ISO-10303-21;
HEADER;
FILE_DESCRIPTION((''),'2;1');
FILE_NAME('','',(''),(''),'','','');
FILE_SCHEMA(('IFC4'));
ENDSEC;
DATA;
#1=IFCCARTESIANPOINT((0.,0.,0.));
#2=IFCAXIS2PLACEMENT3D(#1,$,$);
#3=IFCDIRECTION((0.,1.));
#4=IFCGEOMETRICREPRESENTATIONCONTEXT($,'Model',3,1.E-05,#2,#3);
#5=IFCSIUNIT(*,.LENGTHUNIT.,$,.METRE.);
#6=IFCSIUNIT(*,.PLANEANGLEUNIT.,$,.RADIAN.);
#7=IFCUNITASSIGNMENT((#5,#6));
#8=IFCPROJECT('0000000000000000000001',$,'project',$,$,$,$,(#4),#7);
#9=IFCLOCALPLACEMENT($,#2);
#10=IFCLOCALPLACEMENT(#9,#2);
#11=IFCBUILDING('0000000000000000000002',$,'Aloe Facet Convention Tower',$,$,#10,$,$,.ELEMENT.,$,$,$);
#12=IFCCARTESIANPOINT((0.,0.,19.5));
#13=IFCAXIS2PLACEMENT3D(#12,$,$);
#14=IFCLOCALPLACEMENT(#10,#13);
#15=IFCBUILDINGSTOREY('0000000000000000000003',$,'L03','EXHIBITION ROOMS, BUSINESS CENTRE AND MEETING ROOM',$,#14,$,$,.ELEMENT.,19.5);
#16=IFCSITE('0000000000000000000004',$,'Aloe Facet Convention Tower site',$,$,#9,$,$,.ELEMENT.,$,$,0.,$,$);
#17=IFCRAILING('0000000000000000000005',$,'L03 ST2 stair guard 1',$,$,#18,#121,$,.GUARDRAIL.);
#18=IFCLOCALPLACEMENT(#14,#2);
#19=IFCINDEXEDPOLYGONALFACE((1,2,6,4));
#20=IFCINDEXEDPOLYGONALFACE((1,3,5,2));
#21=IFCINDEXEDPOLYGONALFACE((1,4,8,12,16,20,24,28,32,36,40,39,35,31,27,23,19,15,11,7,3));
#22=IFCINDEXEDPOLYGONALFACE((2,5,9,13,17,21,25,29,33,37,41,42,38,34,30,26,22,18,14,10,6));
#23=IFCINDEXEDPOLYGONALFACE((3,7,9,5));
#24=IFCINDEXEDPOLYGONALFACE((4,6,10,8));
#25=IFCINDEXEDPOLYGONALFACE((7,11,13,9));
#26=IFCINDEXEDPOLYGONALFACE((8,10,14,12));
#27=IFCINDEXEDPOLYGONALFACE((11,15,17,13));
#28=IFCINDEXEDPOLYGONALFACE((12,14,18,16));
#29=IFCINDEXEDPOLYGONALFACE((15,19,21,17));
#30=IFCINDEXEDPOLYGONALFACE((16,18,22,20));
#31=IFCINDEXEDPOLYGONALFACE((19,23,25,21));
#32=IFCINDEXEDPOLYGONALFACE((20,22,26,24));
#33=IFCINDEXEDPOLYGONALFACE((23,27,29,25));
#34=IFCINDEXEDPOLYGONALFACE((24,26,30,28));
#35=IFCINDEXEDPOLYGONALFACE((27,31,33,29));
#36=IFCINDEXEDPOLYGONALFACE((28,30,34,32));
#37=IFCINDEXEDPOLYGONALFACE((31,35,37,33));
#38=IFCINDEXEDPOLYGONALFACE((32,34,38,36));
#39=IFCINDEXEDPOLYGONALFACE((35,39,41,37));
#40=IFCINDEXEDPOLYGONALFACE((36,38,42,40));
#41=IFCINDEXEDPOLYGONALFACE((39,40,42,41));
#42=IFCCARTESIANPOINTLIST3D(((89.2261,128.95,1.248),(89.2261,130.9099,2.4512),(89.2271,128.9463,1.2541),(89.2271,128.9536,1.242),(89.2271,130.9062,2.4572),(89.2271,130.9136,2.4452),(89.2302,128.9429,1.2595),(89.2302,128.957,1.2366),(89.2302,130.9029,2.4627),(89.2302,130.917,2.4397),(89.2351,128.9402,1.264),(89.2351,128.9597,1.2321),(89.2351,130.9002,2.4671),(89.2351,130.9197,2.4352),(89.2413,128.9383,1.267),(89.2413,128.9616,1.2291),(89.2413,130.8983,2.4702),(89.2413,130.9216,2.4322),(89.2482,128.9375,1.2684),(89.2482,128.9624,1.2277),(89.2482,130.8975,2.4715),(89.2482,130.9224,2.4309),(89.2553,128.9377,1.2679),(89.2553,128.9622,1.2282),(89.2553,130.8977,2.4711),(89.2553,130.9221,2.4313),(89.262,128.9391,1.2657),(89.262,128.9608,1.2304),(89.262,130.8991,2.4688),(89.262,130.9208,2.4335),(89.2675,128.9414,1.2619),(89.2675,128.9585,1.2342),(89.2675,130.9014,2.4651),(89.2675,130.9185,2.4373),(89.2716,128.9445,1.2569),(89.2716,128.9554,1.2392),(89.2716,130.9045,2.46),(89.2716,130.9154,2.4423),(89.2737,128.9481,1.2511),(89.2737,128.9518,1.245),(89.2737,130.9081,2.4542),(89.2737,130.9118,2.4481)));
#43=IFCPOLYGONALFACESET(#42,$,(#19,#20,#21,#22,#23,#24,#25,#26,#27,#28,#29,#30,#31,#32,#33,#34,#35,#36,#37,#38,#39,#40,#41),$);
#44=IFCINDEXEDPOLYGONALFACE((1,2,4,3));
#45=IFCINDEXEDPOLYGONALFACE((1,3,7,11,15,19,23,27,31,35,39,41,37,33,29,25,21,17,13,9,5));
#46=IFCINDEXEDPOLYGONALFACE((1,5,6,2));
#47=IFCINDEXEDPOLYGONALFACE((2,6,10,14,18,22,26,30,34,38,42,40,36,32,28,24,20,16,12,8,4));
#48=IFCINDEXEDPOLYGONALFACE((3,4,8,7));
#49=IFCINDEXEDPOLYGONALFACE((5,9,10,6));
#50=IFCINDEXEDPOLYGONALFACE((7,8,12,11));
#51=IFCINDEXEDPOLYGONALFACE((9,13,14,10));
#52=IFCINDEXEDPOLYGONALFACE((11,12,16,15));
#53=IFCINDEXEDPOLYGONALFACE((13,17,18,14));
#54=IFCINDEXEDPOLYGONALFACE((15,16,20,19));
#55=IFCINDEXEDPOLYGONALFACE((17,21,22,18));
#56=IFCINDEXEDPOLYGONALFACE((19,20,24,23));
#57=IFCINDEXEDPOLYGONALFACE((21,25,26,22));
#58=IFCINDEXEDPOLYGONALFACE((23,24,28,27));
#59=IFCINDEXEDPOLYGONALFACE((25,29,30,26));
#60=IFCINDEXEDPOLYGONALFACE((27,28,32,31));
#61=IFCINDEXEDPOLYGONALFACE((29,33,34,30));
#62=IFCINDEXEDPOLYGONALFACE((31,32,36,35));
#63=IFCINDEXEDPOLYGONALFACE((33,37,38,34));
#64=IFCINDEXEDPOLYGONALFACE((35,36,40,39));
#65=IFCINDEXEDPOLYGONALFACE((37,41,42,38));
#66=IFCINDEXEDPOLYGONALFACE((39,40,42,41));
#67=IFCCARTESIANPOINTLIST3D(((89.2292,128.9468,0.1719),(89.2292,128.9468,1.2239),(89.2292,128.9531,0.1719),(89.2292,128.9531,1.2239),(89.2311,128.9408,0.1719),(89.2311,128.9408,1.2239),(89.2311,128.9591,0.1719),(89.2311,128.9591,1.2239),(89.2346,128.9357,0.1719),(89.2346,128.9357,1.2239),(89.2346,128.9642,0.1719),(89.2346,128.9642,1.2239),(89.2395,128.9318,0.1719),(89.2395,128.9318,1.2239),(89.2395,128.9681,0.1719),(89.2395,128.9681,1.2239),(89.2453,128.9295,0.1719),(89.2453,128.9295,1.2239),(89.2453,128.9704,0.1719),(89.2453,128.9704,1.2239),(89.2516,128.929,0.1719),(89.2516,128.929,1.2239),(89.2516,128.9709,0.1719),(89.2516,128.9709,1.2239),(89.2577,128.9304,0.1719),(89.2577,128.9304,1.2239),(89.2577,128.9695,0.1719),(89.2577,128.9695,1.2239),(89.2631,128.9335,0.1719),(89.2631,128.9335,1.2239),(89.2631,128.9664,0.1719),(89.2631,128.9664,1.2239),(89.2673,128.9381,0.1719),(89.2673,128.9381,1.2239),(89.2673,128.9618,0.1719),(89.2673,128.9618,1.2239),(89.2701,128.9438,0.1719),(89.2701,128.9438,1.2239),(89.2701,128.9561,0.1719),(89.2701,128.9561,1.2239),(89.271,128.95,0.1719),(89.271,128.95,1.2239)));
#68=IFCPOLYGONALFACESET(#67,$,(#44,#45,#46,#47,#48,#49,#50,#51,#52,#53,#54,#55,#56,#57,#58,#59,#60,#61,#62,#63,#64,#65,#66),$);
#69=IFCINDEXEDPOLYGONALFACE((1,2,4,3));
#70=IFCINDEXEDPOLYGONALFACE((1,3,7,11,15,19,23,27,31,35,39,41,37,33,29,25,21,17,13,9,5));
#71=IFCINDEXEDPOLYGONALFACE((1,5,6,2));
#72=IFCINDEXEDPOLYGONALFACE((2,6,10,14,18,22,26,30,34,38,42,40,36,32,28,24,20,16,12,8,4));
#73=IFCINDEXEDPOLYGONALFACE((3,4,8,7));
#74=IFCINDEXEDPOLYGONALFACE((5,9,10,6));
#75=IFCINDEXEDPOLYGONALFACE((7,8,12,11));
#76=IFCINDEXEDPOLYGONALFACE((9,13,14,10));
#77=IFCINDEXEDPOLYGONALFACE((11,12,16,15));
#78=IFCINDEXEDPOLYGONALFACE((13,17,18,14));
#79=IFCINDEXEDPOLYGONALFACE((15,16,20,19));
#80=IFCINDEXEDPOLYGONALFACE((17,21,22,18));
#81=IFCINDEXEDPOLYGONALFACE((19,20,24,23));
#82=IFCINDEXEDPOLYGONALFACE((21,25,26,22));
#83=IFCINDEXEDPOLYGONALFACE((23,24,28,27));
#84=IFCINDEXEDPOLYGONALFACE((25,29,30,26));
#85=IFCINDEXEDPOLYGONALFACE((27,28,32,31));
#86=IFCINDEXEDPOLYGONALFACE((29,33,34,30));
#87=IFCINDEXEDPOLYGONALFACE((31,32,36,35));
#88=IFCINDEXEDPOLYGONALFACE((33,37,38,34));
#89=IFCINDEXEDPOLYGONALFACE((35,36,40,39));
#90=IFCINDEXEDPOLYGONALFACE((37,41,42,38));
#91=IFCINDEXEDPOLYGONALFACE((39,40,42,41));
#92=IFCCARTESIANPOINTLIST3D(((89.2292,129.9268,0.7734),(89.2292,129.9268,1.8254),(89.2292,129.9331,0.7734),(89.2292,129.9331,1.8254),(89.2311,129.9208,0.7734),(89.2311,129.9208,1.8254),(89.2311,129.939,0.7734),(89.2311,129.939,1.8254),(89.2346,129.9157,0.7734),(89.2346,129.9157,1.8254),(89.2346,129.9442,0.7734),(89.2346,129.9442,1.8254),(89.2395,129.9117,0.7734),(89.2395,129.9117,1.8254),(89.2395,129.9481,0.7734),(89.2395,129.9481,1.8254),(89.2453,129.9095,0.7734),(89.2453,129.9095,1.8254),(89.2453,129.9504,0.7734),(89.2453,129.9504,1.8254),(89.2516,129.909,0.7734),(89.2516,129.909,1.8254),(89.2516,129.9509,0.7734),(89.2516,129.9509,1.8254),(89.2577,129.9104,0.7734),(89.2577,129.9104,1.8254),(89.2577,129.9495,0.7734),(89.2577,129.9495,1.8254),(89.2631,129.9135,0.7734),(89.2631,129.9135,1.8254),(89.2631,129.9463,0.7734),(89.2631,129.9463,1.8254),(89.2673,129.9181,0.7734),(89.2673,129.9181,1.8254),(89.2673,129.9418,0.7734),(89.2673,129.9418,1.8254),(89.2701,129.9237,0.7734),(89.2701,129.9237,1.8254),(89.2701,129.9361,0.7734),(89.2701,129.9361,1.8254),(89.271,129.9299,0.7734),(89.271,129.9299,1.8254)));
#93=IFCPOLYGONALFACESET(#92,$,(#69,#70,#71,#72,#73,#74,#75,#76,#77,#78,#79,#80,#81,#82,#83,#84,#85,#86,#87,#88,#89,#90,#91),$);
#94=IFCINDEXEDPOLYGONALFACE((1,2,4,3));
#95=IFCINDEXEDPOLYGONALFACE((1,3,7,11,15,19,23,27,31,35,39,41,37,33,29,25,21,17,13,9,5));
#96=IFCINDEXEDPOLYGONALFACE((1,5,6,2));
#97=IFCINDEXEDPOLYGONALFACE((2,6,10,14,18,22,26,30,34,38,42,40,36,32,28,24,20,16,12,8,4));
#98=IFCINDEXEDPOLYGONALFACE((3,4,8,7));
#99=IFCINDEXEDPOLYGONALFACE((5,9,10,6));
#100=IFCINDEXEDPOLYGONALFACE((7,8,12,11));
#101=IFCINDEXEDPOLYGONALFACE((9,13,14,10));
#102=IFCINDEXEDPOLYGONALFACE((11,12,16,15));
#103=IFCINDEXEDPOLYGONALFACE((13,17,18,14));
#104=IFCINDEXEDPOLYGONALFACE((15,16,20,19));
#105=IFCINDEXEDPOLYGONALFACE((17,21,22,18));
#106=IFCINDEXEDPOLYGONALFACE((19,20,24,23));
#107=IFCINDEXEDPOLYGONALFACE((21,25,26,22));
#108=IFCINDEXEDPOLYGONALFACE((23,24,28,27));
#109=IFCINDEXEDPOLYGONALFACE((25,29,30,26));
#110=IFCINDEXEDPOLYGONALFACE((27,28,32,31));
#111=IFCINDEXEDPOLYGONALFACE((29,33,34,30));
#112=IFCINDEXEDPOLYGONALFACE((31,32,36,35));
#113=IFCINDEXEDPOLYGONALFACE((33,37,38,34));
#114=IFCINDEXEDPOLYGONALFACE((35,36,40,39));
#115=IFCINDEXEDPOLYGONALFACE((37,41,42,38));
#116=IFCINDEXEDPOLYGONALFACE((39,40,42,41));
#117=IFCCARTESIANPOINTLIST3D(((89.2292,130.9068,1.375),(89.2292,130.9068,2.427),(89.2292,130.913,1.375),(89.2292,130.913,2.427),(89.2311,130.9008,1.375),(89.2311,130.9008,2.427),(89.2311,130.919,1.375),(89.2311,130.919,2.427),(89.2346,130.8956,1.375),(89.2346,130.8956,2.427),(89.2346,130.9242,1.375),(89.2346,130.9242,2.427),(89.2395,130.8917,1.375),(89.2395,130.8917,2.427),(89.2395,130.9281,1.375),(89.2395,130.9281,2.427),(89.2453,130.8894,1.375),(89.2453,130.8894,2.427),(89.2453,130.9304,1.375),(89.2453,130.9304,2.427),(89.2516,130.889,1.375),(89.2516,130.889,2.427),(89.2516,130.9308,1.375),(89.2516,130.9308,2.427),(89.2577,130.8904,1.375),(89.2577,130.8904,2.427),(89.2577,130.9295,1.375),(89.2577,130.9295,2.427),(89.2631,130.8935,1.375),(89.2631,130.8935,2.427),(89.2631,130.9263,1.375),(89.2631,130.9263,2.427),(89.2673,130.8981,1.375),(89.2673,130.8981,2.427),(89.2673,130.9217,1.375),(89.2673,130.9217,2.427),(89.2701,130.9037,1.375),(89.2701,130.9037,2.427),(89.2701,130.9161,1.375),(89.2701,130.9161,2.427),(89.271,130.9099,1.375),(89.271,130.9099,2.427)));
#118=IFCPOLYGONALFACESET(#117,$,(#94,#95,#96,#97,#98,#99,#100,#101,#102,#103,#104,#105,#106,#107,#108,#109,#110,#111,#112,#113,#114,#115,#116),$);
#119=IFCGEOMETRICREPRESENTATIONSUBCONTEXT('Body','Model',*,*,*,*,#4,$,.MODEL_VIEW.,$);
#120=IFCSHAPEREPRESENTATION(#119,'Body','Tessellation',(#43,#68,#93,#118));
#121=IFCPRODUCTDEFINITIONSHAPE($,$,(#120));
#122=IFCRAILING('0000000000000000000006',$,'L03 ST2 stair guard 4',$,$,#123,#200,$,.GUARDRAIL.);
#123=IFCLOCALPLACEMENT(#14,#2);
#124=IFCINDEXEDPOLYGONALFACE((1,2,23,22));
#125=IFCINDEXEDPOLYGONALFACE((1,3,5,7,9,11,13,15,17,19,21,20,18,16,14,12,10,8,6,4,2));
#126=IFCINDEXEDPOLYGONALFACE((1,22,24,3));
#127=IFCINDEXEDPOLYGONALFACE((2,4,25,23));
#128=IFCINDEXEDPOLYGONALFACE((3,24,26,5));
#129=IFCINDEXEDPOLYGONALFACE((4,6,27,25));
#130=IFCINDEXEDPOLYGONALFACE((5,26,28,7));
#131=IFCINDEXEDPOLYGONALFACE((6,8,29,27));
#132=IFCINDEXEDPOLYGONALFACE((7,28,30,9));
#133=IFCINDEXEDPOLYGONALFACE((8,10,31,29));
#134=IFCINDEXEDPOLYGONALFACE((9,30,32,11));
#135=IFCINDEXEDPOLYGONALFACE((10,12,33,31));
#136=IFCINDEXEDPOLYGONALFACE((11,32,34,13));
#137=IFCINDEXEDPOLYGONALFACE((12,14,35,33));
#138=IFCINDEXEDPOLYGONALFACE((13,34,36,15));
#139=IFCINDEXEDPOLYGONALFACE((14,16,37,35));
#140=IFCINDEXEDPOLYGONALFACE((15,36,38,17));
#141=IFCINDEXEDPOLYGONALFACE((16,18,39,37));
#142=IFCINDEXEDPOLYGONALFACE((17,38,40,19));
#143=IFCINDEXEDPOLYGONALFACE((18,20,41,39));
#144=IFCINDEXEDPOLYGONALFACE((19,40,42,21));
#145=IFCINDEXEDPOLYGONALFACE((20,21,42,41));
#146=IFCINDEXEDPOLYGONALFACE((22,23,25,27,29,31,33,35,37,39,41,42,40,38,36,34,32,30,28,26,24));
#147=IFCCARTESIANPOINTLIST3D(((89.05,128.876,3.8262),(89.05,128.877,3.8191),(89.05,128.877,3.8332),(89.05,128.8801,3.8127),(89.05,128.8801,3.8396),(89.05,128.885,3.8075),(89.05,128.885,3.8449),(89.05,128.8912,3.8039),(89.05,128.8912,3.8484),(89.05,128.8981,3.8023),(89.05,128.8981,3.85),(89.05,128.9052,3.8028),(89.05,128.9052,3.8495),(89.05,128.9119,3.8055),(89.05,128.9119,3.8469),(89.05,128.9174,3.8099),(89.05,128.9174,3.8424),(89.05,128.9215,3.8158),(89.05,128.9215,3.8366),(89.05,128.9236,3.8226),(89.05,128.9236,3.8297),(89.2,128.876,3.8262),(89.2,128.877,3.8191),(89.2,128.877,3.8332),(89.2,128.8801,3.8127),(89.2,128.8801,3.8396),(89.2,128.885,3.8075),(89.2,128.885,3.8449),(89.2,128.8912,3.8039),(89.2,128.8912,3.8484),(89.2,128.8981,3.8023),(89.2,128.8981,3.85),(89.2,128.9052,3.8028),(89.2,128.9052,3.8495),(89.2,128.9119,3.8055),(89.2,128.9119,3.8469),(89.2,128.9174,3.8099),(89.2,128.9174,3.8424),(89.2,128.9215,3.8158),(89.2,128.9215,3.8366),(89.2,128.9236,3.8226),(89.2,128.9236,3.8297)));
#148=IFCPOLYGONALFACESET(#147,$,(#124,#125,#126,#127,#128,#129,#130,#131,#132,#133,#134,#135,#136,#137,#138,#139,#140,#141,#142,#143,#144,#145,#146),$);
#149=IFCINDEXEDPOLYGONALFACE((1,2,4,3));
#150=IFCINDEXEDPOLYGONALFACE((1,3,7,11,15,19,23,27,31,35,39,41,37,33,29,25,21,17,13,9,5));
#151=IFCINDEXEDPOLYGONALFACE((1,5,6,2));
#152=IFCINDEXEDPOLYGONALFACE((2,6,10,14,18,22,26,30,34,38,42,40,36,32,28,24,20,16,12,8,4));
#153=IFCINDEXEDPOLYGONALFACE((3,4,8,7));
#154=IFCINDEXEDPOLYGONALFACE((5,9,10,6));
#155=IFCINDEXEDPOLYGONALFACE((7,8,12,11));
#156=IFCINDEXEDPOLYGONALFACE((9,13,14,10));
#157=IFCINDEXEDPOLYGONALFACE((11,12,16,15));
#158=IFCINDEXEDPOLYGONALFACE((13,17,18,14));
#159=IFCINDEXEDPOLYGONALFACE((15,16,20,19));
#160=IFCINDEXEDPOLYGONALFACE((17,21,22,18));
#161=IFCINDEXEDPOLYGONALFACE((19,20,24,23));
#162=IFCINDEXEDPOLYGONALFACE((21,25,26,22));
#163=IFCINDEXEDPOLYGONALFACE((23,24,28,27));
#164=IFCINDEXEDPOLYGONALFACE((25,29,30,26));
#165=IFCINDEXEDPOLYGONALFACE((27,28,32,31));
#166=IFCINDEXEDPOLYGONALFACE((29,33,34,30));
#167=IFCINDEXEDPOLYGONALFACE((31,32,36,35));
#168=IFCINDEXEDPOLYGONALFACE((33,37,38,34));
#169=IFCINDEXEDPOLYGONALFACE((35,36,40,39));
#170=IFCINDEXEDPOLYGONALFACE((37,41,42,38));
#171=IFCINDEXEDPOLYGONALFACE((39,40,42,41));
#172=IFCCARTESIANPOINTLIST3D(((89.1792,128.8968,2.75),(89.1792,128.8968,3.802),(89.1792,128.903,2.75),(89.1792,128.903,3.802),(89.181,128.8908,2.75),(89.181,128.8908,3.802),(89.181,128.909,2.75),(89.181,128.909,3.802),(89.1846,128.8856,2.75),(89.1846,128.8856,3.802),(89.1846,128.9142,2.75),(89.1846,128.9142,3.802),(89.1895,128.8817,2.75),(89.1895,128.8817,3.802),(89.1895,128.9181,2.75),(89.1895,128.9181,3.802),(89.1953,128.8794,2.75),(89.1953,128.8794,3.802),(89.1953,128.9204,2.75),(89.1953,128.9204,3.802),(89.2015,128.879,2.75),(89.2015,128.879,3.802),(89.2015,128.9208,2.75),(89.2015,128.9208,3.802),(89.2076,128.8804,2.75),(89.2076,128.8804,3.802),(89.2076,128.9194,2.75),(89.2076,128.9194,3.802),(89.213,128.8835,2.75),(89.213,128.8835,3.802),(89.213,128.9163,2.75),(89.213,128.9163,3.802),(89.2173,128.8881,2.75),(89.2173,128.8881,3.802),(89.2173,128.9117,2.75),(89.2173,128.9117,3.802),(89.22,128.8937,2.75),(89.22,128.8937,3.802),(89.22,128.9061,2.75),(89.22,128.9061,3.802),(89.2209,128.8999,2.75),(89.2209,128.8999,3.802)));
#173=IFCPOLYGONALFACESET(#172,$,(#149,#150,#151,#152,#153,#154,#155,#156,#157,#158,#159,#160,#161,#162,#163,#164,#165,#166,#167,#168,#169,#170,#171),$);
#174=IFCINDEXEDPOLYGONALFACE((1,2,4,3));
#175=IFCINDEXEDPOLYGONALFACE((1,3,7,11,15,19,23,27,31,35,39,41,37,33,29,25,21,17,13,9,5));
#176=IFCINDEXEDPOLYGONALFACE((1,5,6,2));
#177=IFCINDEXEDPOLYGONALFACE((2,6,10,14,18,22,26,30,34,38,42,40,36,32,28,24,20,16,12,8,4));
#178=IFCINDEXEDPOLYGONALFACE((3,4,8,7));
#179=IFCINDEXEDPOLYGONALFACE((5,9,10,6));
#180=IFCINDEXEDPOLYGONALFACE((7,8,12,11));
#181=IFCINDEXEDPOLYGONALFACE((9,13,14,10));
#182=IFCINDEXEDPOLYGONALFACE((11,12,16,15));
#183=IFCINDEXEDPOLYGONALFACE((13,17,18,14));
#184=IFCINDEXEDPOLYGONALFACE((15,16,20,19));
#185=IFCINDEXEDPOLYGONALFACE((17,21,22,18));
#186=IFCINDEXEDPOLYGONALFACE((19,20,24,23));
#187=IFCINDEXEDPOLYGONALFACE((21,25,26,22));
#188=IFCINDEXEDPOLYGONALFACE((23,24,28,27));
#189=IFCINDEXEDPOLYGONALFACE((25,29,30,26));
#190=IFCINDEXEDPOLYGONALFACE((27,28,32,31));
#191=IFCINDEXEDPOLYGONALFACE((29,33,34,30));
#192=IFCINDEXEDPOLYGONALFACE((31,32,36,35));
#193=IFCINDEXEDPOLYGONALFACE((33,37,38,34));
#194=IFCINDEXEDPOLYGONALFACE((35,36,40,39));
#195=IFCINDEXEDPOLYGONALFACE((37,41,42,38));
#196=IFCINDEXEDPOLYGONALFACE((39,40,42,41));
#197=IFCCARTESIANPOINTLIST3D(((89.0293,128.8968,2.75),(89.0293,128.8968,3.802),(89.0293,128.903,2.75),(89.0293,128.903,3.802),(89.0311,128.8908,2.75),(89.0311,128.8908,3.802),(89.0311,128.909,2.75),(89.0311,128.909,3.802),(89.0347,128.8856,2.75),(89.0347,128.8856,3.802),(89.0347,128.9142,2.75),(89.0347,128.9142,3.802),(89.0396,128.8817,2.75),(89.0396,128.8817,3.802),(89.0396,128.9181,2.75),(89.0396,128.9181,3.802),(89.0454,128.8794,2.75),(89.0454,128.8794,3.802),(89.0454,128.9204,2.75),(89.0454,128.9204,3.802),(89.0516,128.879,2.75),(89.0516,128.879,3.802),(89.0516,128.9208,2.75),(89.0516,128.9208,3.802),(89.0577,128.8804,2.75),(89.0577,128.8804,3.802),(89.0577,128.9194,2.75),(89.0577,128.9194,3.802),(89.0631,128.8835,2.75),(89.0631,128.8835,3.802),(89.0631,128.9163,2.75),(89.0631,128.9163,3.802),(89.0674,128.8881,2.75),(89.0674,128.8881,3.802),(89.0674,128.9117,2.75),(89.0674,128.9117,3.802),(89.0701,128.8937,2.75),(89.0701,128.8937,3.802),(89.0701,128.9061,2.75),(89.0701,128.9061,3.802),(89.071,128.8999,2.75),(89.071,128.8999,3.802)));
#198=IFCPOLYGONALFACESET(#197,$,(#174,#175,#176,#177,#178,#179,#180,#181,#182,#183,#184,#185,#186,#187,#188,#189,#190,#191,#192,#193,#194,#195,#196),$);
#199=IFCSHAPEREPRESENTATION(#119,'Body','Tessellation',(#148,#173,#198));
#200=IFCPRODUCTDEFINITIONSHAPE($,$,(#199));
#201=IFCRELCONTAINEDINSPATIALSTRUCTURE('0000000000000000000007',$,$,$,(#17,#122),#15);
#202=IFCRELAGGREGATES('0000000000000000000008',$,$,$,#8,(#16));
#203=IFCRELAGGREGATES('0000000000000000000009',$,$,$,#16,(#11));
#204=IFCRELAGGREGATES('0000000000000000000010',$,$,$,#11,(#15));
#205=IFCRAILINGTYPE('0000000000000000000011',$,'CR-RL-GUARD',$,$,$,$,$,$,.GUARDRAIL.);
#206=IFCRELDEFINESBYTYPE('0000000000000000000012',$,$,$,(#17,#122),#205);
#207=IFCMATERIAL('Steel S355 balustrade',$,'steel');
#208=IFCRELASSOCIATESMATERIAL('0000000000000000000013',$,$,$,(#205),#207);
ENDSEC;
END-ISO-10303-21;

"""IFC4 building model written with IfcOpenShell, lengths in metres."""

from ifc_helpers import new_model, si_unit, direction, frame, origin, origin_2d, place, context, subcontext, project, spatial, circle, extrude, material, type_object, element, save


model = new_model("IFC4")

# Units and contexts
model_context = context("Model", 3, precision=1e-05, world=origin(), true_north=direction((0.0, 1.0)))
body_context = subcontext(model_context, "Body", "Model", "MODEL_VIEW")
ifc_project = project(units=[si_unit("LENGTHUNIT", "METRE"), si_unit("PLANEANGLEUNIT", "RADIAN")], contexts=[model_context])

# Site, building, storey
site_placement = place(None, origin())
site = spatial("IfcSite", under=ifc_project, at=site_placement, Name="Aloe Facet Convention Tower site", CompositionType="ELEMENT", RefElevation=0.0)
building_placement = place(site_placement, origin())
building = spatial("IfcBuilding", under=site, at=building_placement, Name="Aloe Facet Convention Tower", CompositionType="ELEMENT")
storey_placement = place(building_placement, frame((0.0, 0.0, 19.5)))
storey = spatial("IfcBuildingStorey", under=building, at=storey_placement, Name="L03", Description="EXHIBITION ROOMS, BUSINESS CENTRE AND MEETING ROOM", CompositionType="ELEMENT", Elevation=19.5)

# Railings
ifc_material_1 = material(Name="Steel S355 balustrade", Category="steel")
railing_type_1 = type_object("IfcRailingType", Name="CR-RL-GUARD", PredefinedType="GUARDRAIL", material=ifc_material_1)
railing_1_placement = place(storey_placement, frame((89.25, 128.95, 0.1719)))
element("IfcRailing", 1, at=railing_1_placement, inside=storey, type_object=railing_type_1, Name="L03 ST2 stair guard 1", PredefinedType="GUARDRAIL", context=body_context, shape_type="SweptSolid", body=[
    extrude(circle(Radius=0.0239, at=origin_2d()), frame((0.0, 0.0, 1.0762), z_axis=(0.0, 0.852241, 0.523149), x_axis=(-1.0, 0.0, 0.0)), (0.0, 0.0, 1.0), 2.2998),
    extrude(circle(Radius=0.021, at=origin_2d()), origin(), (0.0, 0.0, 1.0), 1.052),
    extrude(circle(Radius=0.021, at=origin_2d()), frame((0.0, 0.98, 0.6016)), (0.0, 0.0, 1.0), 1.052),
    extrude(circle(Radius=0.021, at=origin_2d()), frame((0.0, 1.96, 1.2031)), (0.0, 0.0, 1.0), 1.052),
])
railing_2_placement = place(storey_placement, frame((89.2, 128.8999, 2.75)))
element("IfcRailing", 2, at=railing_2_placement, inside=storey, type_object=railing_type_1, Name="L03 ST2 stair guard 4", PredefinedType="GUARDRAIL", context=body_context, shape_type="SweptSolid", body=[
    extrude(circle(Radius=0.0239, at=origin_2d()), frame((0.0, 0.0, 1.0762), z_axis=(-1.0, 0.0, 0.0), x_axis=(0.0, -1.0, 0.0)), (0.0, 0.0, 1.0), 0.1499),
    extrude(circle(Radius=0.021, at=origin_2d()), origin(), (0.0, 0.0, 1.0), 1.052),
    extrude(circle(Radius=0.021, at=origin_2d()), frame((-0.1499, 0.0, 0.0)), (0.0, 0.0, 1.0), 1.052),
])

save(model, "model.ifc")
